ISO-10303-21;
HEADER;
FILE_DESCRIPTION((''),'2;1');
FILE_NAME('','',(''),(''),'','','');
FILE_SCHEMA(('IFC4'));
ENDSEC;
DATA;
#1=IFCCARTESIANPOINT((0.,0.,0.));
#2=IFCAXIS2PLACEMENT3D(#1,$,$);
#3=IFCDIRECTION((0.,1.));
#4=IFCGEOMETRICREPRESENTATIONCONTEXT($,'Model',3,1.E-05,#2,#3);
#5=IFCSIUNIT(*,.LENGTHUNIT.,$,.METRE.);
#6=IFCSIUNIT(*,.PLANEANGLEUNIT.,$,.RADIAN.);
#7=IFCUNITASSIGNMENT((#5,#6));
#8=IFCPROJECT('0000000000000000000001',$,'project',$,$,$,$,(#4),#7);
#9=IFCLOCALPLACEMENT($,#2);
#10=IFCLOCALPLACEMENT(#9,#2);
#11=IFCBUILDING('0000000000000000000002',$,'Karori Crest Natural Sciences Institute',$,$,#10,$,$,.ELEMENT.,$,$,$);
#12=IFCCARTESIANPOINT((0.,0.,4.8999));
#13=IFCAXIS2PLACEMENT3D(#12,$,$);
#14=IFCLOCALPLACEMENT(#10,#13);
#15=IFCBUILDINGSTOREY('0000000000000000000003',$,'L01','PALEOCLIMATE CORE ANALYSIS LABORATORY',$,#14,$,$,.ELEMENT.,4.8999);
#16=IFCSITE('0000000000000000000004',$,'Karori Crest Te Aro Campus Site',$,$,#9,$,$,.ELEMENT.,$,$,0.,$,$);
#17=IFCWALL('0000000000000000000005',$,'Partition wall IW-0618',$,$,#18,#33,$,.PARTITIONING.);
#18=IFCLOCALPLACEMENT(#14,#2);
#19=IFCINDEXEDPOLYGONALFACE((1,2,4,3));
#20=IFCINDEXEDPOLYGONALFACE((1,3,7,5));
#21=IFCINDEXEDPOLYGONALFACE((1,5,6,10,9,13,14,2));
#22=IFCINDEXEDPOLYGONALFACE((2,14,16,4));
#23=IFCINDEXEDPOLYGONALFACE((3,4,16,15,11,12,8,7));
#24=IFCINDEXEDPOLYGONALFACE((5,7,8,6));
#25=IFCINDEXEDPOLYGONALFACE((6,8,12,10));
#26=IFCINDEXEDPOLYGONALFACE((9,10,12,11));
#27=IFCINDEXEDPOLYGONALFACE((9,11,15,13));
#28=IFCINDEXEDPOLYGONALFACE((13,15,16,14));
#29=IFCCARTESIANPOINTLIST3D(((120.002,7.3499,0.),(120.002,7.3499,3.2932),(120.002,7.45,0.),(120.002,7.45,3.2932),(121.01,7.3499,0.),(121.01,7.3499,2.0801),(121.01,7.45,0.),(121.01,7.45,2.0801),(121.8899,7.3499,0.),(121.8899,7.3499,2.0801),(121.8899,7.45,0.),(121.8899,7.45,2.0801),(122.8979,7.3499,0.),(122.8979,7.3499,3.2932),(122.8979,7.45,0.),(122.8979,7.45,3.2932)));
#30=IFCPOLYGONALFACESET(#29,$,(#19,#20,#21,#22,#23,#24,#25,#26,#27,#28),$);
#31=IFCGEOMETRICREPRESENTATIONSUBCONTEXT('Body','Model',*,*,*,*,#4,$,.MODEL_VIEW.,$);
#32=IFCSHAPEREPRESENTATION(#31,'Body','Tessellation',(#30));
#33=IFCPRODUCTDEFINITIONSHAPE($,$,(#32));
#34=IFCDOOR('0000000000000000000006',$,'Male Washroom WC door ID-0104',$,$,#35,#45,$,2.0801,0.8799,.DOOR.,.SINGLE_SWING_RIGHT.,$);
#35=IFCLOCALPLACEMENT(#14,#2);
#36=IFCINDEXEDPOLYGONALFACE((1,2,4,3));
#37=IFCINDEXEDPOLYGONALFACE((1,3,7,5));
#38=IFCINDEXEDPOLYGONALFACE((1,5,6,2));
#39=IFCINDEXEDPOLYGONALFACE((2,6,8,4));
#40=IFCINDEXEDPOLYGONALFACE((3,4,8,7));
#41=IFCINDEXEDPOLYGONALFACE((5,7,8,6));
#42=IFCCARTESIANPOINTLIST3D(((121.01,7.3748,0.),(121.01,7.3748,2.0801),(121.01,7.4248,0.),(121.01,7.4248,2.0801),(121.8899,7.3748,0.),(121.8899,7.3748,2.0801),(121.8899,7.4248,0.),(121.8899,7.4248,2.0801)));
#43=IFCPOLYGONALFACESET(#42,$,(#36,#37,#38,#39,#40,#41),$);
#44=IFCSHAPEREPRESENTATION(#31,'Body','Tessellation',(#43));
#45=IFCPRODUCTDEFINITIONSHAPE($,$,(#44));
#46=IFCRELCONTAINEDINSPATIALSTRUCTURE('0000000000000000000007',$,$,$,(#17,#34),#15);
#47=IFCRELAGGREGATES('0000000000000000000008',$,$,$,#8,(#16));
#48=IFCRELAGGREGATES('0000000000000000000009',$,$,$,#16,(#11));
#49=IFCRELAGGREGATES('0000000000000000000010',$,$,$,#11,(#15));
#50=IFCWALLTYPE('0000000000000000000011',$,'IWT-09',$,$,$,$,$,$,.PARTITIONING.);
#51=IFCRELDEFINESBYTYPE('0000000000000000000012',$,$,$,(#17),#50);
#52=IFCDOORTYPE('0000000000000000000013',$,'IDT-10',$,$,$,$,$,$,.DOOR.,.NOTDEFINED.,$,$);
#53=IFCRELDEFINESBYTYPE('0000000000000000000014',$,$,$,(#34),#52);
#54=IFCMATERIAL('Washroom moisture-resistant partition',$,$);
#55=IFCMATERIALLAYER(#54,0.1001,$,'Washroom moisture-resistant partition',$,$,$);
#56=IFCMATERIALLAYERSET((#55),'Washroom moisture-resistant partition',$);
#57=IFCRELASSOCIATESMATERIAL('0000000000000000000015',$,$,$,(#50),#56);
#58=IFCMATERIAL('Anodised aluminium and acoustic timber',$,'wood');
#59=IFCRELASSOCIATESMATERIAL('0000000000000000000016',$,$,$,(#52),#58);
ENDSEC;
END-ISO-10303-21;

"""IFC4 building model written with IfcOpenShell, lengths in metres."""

from ifc_helpers import new_model, si_unit, direction, frame, frame_2d, origin, place, context, subcontext, project, spatial, rectangle, extrude, material, layer, layer_set, type_object, element, fill, save


model = new_model("IFC4")

# Units and contexts
model_context = context("Model", 3, precision=1e-05, world=origin(), true_north=direction((0.0, 1.0)))
body_context = subcontext(model_context, "Body", "Model", "MODEL_VIEW")
ifc_project = project(units=[si_unit("LENGTHUNIT", "METRE"), si_unit("PLANEANGLEUNIT", "RADIAN")], contexts=[model_context])

# Site, building, storey
site_placement = place(None, origin())
site = spatial("IfcSite", under=ifc_project, at=site_placement, Name="Karori Crest Te Aro Campus Site", CompositionType="ELEMENT", RefElevation=0.0)
building_placement = place(site_placement, origin())
building = spatial("IfcBuilding", under=site, at=building_placement, Name="Karori Crest Natural Sciences Institute", CompositionType="ELEMENT")
storey_placement = place(building_placement, frame((0.0, 0.0, 4.8999)))
storey = spatial("IfcBuildingStorey", under=building, at=storey_placement, Name="L01", Description="PALEOCLIMATE CORE ANALYSIS LABORATORY", CompositionType="ELEMENT", Elevation=4.8999)

# Shared definitions
ifc_material_1 = material(Name="Anodised aluminium and acoustic timber", Category="wood")

# Shared definitions
ifc_material_2 = material(Name="Washroom moisture-resistant partition")
ifc_layer_1 = layer(ifc_material_2, 0.1001, Name="Washroom moisture-resistant partition")
ifc_layer_set_1 = layer_set([ifc_layer_1], Name="Washroom moisture-resistant partition")
wall_type_1 = type_object("IfcWallType", Name="IWT-09", PredefinedType="PARTITIONING", material=ifc_layer_set_1)

# Shared definitions
door_type_1 = type_object("IfcDoorType", Name="IDT-10", OperationType="NOTDEFINED", PredefinedType="DOOR", material=ifc_material_1)

# Wall, opening, door
wall_1_placement = place(storey_placement, frame((120.002, 7.3999, 0.0), z_axis=(0.0, 0.0, 1.0), x_axis=(1.0, 0.0, 0.0)))
wall_1 = element("IfcWall", 1, at=wall_1_placement, inside=storey, type_object=wall_type_1, Name="Partition wall IW-0618", PredefinedType="PARTITIONING", context=body_context, shape_type="SweptSolid", body=[
    extrude(rectangle(XDim=2.896, YDim=0.1001, at=frame_2d((1.448, 0.0))), origin(), (0.0, 0.0, 1.0), 3.2932),
])
opening_1_placement = place(wall_1_placement, frame((1.0081, 0.0, 0.0)))
opening_1 = element("IfcOpeningElement", 2, at=opening_1_placement, cuts=wall_1, PredefinedType="OPENING", context=body_context, shape_type="SweptSolid", body=[
    extrude(rectangle(XDim=0.8799, YDim=2.0801, at=frame_2d((0.4399, 1.04))), frame((0.0, 0.0601, 0.0), z_axis=(0.0, -1.0, 0.0), x_axis=(1.0, 0.0, 0.0)), (0.0, 0.0, 1.0), 0.1201),
])
door_1_placement = place(opening_1_placement, origin())
door_1 = element("IfcDoor", 3, at=door_1_placement, inside=storey, type_object=door_type_1, Name="Male Washroom WC door ID-0104", OperationType="SINGLE_SWING_RIGHT", OverallHeight=2.0801, OverallWidth=0.8799, PredefinedType="DOOR", context=body_context, shape_type="SweptSolid", body=[
    extrude(rectangle(XDim=0.8799, YDim=2.0801, at=frame_2d((0.4399, 1.04))), frame((0.0, 0.0249, 0.0), z_axis=(0.0, -1.0, 0.0), x_axis=(1.0, 0.0, 0.0)), (0.0, 0.0, 1.0), 0.05),
])
fill(opening_1, door_1)

save(model, "model.ifc")
